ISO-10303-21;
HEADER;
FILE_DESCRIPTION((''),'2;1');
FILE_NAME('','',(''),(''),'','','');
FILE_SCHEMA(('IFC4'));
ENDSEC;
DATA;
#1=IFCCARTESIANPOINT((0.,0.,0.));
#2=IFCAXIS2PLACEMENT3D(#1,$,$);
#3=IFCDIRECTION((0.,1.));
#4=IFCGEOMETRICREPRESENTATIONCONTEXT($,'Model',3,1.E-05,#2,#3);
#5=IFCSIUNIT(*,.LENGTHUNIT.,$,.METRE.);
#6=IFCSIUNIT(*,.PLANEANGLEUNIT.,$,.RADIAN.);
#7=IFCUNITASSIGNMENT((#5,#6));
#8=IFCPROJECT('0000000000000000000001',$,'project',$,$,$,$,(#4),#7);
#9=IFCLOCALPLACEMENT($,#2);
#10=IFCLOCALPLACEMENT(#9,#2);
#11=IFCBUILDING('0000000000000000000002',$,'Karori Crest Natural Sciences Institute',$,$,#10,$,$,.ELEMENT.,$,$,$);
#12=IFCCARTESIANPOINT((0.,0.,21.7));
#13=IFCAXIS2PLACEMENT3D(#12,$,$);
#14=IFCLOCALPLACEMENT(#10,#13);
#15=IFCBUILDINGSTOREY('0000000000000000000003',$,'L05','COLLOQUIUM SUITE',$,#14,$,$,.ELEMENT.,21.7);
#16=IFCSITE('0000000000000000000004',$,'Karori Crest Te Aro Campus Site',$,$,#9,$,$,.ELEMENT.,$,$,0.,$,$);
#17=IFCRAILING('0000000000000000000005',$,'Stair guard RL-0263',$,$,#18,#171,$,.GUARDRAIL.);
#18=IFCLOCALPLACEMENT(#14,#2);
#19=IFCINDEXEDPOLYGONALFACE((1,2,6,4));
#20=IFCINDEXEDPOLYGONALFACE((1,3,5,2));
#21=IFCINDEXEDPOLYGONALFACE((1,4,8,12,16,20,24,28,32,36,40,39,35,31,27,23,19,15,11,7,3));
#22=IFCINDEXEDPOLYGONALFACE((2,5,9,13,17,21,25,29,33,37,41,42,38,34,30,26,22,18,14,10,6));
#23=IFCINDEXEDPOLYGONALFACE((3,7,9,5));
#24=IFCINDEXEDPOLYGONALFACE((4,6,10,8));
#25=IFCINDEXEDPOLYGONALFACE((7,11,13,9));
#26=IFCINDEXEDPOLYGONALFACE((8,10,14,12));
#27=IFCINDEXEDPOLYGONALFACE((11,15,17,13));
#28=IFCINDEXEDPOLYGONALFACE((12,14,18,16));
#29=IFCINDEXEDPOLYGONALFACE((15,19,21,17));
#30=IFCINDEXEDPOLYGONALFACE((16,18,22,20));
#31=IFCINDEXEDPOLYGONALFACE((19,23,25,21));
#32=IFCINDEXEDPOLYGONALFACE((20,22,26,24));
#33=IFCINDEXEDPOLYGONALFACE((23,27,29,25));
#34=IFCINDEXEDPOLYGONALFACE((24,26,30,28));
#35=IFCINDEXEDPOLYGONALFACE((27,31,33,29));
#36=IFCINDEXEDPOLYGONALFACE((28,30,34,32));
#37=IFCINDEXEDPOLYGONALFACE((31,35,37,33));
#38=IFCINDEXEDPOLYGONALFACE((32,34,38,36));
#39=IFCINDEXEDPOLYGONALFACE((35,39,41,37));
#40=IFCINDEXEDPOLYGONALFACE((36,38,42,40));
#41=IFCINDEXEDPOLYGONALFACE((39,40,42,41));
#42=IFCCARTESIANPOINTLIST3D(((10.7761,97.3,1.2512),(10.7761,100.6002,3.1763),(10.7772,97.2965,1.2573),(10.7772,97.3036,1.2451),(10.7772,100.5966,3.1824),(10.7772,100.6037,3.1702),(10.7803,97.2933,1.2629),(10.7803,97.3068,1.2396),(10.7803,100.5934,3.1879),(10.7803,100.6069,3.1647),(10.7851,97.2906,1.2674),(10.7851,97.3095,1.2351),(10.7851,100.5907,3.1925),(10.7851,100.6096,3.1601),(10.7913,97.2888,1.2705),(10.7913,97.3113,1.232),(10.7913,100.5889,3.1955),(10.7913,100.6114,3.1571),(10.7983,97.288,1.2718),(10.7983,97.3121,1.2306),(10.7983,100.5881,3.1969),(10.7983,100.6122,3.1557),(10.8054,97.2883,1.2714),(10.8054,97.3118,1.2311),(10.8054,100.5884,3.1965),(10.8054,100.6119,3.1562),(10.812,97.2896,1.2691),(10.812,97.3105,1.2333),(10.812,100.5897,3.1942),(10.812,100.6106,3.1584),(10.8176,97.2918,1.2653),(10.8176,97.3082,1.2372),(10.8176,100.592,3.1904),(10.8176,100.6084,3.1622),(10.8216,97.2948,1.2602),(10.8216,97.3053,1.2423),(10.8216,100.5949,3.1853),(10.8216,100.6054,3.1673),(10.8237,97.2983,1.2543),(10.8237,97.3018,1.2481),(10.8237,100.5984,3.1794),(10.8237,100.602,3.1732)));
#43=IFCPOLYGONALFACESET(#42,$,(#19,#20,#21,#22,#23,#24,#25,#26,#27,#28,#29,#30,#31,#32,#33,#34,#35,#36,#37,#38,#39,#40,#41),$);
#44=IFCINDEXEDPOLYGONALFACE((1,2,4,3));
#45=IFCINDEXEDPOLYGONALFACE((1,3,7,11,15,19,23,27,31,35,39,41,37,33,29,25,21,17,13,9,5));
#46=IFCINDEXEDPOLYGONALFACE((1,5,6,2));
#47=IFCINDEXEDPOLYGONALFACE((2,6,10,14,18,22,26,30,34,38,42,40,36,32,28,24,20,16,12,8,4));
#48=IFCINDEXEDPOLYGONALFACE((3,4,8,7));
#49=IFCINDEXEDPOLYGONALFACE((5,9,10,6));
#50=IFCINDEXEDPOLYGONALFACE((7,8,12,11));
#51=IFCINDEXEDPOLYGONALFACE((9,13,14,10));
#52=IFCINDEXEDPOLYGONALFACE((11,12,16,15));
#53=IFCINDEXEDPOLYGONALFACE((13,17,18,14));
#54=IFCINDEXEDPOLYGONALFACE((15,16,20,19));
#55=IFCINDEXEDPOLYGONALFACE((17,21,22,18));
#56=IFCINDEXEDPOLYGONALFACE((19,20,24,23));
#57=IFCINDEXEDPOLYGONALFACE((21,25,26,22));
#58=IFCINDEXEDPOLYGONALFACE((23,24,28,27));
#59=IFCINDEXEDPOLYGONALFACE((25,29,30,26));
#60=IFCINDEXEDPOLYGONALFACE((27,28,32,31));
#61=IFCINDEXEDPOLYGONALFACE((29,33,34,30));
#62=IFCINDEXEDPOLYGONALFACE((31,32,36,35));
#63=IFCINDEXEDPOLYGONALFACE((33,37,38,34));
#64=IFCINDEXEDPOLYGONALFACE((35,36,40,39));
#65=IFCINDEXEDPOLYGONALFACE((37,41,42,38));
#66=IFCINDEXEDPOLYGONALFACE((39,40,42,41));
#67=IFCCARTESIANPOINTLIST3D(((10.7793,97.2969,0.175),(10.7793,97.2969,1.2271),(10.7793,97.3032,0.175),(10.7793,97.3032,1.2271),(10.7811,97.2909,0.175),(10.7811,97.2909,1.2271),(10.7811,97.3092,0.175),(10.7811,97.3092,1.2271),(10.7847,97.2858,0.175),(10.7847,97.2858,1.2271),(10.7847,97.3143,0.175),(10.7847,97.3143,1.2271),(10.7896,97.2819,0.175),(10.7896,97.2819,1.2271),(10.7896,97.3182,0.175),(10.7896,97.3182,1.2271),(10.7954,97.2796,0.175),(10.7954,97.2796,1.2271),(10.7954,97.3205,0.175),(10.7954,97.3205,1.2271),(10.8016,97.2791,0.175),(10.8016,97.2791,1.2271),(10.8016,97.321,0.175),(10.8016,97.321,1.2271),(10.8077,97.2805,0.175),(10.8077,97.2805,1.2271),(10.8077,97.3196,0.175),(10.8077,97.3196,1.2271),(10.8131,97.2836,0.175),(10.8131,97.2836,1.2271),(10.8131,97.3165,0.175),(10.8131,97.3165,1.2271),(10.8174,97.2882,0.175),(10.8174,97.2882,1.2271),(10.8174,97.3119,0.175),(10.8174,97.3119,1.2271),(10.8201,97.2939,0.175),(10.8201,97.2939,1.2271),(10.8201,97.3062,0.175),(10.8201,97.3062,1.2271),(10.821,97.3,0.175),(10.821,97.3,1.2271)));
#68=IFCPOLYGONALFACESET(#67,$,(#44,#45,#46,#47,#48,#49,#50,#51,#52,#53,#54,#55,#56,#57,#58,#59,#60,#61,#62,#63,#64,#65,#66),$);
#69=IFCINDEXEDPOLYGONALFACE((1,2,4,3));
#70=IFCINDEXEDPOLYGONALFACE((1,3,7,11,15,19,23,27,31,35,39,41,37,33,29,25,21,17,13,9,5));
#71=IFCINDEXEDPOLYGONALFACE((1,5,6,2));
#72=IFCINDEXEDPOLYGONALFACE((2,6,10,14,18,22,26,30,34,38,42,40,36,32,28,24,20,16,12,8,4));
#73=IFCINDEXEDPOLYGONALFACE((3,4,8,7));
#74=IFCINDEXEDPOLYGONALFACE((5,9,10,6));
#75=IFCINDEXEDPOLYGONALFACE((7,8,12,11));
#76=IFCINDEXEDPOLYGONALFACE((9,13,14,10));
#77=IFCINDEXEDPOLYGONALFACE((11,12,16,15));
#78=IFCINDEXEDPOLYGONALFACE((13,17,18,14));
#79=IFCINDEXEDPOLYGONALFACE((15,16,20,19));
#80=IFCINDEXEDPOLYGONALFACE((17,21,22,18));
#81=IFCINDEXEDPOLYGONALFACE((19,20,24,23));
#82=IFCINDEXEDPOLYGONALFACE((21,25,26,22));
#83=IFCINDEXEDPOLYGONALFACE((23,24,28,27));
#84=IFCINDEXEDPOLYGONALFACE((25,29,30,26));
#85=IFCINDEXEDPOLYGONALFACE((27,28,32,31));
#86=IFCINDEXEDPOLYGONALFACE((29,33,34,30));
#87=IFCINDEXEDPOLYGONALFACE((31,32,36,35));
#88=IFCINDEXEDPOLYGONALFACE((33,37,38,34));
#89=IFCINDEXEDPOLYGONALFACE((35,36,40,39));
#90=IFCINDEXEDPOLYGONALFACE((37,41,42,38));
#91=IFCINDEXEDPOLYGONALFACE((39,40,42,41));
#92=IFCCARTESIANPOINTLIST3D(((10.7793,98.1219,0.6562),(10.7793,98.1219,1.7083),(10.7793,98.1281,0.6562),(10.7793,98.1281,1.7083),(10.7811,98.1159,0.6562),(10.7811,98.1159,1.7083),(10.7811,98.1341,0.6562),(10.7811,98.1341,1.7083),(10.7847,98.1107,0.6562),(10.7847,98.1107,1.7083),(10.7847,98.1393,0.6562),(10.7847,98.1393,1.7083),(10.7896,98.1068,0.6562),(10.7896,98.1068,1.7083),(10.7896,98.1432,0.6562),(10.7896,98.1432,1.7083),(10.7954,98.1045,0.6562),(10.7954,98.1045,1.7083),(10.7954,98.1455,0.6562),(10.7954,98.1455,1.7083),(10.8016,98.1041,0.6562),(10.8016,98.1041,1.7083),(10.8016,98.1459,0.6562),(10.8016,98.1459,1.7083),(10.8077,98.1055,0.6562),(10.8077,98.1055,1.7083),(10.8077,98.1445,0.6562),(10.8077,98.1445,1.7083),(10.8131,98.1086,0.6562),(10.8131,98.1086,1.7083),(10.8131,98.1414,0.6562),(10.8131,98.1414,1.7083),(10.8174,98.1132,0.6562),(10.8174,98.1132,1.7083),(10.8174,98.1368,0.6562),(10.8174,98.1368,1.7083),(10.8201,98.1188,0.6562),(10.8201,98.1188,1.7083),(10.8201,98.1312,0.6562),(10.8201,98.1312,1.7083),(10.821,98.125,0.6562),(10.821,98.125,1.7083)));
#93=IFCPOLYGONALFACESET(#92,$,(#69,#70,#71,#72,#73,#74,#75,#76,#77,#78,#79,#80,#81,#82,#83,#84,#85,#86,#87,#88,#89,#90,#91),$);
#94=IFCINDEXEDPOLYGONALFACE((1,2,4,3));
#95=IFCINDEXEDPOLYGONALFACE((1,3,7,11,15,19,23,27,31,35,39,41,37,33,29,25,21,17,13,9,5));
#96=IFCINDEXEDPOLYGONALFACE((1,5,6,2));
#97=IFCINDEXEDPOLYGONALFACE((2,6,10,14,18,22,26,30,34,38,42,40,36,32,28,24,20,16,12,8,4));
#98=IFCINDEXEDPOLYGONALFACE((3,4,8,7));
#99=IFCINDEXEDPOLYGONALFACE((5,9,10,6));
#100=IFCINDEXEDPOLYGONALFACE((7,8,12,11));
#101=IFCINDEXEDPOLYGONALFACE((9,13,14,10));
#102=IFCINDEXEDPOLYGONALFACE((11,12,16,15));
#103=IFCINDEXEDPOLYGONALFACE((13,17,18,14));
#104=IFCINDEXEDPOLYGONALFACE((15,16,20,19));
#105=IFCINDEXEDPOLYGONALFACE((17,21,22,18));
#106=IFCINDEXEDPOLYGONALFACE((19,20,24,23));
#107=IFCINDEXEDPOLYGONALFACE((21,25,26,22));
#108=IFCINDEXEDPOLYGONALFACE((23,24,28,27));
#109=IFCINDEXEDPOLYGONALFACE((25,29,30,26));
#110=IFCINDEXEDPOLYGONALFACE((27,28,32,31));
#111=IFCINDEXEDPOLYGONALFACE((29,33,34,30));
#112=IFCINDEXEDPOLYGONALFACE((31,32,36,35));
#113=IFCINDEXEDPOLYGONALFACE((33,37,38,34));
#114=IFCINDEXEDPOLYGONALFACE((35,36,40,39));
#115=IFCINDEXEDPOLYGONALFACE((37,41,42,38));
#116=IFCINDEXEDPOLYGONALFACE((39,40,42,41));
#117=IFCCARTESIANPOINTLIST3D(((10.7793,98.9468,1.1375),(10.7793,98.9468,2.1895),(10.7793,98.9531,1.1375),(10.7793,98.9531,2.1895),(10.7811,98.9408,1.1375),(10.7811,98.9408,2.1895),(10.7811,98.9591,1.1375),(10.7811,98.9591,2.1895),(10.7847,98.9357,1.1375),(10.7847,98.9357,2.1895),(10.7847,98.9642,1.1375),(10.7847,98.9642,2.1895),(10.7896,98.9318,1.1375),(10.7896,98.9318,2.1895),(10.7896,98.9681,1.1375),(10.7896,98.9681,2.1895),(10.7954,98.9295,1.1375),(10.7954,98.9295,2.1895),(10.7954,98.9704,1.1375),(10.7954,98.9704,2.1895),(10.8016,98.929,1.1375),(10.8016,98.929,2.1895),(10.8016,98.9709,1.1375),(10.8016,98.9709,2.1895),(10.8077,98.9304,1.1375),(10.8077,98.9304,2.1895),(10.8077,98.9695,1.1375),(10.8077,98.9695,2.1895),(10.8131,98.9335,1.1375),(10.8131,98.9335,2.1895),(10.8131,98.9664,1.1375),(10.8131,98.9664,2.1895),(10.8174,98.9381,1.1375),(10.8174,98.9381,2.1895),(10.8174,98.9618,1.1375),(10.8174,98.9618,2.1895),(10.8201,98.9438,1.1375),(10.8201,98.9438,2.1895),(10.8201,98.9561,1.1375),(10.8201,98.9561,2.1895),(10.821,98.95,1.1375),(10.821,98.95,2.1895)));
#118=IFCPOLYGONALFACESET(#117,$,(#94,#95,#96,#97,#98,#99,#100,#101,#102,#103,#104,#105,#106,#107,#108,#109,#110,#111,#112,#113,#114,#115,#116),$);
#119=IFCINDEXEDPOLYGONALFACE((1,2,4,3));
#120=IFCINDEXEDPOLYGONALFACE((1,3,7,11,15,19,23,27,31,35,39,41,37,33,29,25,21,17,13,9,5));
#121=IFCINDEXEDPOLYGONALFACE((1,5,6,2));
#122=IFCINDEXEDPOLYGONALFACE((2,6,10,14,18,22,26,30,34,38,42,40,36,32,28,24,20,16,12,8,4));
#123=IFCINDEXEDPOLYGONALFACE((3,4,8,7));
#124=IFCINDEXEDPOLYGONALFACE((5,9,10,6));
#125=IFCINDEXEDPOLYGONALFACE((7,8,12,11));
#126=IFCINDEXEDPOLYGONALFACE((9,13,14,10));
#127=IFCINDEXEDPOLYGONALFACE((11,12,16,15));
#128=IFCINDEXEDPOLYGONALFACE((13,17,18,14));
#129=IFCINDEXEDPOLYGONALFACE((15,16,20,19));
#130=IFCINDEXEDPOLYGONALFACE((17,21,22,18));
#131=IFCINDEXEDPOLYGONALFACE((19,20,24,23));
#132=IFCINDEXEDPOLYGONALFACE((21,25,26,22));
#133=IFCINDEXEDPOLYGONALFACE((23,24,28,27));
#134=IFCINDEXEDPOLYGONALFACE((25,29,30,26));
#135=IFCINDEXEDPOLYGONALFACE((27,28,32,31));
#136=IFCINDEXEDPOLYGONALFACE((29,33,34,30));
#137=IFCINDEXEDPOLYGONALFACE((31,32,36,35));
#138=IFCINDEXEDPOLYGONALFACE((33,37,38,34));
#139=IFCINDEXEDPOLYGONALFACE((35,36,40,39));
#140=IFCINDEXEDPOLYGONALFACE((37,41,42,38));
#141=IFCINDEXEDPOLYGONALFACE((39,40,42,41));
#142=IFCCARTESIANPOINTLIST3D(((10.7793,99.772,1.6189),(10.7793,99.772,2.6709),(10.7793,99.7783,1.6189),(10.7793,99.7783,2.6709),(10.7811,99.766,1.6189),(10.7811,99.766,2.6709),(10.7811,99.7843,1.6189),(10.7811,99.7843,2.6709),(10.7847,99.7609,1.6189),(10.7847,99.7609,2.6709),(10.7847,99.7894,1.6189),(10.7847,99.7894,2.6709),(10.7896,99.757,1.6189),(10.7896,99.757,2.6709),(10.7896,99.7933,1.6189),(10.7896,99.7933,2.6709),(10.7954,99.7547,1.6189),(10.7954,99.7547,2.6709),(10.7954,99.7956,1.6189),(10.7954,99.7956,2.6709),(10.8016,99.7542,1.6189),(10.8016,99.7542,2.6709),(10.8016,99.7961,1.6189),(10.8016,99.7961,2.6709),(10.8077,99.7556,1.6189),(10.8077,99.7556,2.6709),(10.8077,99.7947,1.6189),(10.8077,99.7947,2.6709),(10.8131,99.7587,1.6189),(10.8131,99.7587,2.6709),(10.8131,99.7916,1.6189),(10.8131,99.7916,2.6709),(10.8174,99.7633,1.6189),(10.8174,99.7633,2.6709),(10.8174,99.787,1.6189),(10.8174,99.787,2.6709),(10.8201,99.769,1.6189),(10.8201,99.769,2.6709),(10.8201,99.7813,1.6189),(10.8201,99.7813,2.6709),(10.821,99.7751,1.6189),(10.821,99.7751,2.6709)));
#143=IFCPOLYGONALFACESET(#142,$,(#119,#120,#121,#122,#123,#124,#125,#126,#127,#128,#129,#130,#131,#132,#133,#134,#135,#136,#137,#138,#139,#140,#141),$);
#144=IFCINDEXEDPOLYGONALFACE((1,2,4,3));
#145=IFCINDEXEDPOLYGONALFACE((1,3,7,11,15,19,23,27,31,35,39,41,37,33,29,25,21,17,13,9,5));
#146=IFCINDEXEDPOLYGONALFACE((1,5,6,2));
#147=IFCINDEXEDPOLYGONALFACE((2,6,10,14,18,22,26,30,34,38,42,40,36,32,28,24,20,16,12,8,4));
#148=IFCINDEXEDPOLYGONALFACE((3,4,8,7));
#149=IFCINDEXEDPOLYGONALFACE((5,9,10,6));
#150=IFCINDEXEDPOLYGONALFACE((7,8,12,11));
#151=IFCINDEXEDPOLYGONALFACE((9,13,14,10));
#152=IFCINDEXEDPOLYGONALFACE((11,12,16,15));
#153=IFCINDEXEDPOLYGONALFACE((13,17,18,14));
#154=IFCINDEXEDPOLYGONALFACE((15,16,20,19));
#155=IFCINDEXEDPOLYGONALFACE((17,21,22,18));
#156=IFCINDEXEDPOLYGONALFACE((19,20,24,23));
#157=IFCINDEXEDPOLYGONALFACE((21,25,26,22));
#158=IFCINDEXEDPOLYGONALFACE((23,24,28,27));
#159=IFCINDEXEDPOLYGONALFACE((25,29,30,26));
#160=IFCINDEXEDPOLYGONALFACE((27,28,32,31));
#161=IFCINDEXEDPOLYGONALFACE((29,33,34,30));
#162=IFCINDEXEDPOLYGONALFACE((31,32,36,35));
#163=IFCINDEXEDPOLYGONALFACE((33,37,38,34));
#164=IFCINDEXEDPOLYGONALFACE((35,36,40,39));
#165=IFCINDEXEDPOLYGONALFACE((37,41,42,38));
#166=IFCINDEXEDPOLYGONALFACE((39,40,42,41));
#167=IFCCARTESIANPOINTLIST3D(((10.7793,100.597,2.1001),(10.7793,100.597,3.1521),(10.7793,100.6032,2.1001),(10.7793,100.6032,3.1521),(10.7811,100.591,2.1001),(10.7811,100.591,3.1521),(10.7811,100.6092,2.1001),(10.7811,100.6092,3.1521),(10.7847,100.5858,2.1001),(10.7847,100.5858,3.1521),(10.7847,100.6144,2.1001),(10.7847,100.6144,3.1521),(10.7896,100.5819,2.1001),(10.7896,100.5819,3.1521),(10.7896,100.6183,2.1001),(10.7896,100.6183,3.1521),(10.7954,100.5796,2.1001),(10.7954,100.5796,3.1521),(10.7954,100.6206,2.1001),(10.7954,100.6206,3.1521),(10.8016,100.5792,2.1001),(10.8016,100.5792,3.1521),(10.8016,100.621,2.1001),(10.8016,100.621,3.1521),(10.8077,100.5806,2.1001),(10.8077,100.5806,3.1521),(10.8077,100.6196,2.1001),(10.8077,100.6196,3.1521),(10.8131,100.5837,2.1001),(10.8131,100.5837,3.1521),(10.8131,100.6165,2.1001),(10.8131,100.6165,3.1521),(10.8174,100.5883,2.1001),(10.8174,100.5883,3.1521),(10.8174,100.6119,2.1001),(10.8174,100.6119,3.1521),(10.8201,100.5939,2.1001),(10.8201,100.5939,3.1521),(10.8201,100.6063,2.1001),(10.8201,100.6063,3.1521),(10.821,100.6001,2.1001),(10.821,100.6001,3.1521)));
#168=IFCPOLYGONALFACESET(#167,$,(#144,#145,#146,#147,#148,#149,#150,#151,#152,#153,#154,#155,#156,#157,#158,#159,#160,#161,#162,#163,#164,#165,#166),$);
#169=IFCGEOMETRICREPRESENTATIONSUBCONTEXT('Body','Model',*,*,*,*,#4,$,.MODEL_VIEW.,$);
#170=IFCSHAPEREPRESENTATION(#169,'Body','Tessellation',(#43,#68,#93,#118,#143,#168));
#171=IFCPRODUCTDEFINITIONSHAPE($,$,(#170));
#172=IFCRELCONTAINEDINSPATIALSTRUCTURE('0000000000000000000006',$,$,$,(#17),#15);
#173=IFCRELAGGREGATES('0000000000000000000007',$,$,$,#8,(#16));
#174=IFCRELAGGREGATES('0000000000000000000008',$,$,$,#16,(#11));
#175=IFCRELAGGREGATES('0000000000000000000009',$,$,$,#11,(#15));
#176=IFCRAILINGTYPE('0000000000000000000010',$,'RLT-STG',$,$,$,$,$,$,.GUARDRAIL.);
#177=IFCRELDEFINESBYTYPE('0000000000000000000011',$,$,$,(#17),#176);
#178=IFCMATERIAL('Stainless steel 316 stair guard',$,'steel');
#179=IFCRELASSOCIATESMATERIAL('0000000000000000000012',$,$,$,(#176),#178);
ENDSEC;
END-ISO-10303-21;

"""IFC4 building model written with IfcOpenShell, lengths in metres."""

from ifc_helpers import new_model, si_unit, direction, frame, origin, origin_2d, place, context, subcontext, project, spatial, circle, extrude, material, type_object, element, save


model = new_model("IFC4")

# Units and contexts
model_context = context("Model", 3, precision=1e-05, world=origin(), true_north=direction((0.0, 1.0)))
body_context = subcontext(model_context, "Body", "Model", "MODEL_VIEW")
ifc_project = project(units=[si_unit("LENGTHUNIT", "METRE"), si_unit("PLANEANGLEUNIT", "RADIAN")], contexts=[model_context])

# Site, building, storey
site_placement = place(None, origin())
site = spatial("IfcSite", under=ifc_project, at=site_placement, Name="Karori Crest Te Aro Campus Site", CompositionType="ELEMENT", RefElevation=0.0)
building_placement = place(site_placement, origin())
building = spatial("IfcBuilding", under=site, at=building_placement, Name="Karori Crest Natural Sciences Institute", CompositionType="ELEMENT")
storey_placement = place(building_placement, frame((0.0, 0.0, 21.7)))
storey = spatial("IfcBuildingStorey", under=building, at=storey_placement, Name="L05", Description="COLLOQUIUM SUITE", CompositionType="ELEMENT", Elevation=21.7)

# Railing
ifc_material_1 = material(Name="Stainless steel 316 stair guard", Category="steel")
railing_type_1 = type_object("IfcRailingType", Name="RLT-STG", PredefinedType="GUARDRAIL", material=ifc_material_1)
railing_1_placement = place(storey_placement, frame((10.8, 97.3, 0.175)))
element("IfcRailing", 1, at=railing_1_placement, inside=storey, type_object=railing_type_1, Name="Stair guard RL-0263", PredefinedType="GUARDRAIL", context=body_context, shape_type="SweptSolid", body=[
    extrude(circle(Radius=0.0239, at=origin_2d()), frame((0.0, 0.0, 1.0762), z_axis=(0.0, 0.863777, 0.503875), x_axis=(-1.0, 0.0, 0.0)), (0.0, 0.0, 1.0), 3.8206),
    extrude(circle(Radius=0.021, at=origin_2d()), origin(), (0.0, 0.0, 1.0), 1.052),
    extrude(circle(Radius=0.021, at=origin_2d()), frame((0.0, 0.825, 0.4812)), (0.0, 0.0, 1.0), 1.052),
    extrude(circle(Radius=0.021, at=origin_2d()), frame((0.0, 1.6499, 0.9624)), (0.0, 0.0, 1.0), 1.052),
    extrude(circle(Radius=0.021, at=origin_2d()), frame((0.0, 2.4751, 1.4438)), (0.0, 0.0, 1.0), 1.052),
    extrude(circle(Radius=0.021, at=origin_2d()), frame((0.0, 3.3, 1.925)), (0.0, 0.0, 1.0), 1.052),
])

save(model, "model.ifc")
